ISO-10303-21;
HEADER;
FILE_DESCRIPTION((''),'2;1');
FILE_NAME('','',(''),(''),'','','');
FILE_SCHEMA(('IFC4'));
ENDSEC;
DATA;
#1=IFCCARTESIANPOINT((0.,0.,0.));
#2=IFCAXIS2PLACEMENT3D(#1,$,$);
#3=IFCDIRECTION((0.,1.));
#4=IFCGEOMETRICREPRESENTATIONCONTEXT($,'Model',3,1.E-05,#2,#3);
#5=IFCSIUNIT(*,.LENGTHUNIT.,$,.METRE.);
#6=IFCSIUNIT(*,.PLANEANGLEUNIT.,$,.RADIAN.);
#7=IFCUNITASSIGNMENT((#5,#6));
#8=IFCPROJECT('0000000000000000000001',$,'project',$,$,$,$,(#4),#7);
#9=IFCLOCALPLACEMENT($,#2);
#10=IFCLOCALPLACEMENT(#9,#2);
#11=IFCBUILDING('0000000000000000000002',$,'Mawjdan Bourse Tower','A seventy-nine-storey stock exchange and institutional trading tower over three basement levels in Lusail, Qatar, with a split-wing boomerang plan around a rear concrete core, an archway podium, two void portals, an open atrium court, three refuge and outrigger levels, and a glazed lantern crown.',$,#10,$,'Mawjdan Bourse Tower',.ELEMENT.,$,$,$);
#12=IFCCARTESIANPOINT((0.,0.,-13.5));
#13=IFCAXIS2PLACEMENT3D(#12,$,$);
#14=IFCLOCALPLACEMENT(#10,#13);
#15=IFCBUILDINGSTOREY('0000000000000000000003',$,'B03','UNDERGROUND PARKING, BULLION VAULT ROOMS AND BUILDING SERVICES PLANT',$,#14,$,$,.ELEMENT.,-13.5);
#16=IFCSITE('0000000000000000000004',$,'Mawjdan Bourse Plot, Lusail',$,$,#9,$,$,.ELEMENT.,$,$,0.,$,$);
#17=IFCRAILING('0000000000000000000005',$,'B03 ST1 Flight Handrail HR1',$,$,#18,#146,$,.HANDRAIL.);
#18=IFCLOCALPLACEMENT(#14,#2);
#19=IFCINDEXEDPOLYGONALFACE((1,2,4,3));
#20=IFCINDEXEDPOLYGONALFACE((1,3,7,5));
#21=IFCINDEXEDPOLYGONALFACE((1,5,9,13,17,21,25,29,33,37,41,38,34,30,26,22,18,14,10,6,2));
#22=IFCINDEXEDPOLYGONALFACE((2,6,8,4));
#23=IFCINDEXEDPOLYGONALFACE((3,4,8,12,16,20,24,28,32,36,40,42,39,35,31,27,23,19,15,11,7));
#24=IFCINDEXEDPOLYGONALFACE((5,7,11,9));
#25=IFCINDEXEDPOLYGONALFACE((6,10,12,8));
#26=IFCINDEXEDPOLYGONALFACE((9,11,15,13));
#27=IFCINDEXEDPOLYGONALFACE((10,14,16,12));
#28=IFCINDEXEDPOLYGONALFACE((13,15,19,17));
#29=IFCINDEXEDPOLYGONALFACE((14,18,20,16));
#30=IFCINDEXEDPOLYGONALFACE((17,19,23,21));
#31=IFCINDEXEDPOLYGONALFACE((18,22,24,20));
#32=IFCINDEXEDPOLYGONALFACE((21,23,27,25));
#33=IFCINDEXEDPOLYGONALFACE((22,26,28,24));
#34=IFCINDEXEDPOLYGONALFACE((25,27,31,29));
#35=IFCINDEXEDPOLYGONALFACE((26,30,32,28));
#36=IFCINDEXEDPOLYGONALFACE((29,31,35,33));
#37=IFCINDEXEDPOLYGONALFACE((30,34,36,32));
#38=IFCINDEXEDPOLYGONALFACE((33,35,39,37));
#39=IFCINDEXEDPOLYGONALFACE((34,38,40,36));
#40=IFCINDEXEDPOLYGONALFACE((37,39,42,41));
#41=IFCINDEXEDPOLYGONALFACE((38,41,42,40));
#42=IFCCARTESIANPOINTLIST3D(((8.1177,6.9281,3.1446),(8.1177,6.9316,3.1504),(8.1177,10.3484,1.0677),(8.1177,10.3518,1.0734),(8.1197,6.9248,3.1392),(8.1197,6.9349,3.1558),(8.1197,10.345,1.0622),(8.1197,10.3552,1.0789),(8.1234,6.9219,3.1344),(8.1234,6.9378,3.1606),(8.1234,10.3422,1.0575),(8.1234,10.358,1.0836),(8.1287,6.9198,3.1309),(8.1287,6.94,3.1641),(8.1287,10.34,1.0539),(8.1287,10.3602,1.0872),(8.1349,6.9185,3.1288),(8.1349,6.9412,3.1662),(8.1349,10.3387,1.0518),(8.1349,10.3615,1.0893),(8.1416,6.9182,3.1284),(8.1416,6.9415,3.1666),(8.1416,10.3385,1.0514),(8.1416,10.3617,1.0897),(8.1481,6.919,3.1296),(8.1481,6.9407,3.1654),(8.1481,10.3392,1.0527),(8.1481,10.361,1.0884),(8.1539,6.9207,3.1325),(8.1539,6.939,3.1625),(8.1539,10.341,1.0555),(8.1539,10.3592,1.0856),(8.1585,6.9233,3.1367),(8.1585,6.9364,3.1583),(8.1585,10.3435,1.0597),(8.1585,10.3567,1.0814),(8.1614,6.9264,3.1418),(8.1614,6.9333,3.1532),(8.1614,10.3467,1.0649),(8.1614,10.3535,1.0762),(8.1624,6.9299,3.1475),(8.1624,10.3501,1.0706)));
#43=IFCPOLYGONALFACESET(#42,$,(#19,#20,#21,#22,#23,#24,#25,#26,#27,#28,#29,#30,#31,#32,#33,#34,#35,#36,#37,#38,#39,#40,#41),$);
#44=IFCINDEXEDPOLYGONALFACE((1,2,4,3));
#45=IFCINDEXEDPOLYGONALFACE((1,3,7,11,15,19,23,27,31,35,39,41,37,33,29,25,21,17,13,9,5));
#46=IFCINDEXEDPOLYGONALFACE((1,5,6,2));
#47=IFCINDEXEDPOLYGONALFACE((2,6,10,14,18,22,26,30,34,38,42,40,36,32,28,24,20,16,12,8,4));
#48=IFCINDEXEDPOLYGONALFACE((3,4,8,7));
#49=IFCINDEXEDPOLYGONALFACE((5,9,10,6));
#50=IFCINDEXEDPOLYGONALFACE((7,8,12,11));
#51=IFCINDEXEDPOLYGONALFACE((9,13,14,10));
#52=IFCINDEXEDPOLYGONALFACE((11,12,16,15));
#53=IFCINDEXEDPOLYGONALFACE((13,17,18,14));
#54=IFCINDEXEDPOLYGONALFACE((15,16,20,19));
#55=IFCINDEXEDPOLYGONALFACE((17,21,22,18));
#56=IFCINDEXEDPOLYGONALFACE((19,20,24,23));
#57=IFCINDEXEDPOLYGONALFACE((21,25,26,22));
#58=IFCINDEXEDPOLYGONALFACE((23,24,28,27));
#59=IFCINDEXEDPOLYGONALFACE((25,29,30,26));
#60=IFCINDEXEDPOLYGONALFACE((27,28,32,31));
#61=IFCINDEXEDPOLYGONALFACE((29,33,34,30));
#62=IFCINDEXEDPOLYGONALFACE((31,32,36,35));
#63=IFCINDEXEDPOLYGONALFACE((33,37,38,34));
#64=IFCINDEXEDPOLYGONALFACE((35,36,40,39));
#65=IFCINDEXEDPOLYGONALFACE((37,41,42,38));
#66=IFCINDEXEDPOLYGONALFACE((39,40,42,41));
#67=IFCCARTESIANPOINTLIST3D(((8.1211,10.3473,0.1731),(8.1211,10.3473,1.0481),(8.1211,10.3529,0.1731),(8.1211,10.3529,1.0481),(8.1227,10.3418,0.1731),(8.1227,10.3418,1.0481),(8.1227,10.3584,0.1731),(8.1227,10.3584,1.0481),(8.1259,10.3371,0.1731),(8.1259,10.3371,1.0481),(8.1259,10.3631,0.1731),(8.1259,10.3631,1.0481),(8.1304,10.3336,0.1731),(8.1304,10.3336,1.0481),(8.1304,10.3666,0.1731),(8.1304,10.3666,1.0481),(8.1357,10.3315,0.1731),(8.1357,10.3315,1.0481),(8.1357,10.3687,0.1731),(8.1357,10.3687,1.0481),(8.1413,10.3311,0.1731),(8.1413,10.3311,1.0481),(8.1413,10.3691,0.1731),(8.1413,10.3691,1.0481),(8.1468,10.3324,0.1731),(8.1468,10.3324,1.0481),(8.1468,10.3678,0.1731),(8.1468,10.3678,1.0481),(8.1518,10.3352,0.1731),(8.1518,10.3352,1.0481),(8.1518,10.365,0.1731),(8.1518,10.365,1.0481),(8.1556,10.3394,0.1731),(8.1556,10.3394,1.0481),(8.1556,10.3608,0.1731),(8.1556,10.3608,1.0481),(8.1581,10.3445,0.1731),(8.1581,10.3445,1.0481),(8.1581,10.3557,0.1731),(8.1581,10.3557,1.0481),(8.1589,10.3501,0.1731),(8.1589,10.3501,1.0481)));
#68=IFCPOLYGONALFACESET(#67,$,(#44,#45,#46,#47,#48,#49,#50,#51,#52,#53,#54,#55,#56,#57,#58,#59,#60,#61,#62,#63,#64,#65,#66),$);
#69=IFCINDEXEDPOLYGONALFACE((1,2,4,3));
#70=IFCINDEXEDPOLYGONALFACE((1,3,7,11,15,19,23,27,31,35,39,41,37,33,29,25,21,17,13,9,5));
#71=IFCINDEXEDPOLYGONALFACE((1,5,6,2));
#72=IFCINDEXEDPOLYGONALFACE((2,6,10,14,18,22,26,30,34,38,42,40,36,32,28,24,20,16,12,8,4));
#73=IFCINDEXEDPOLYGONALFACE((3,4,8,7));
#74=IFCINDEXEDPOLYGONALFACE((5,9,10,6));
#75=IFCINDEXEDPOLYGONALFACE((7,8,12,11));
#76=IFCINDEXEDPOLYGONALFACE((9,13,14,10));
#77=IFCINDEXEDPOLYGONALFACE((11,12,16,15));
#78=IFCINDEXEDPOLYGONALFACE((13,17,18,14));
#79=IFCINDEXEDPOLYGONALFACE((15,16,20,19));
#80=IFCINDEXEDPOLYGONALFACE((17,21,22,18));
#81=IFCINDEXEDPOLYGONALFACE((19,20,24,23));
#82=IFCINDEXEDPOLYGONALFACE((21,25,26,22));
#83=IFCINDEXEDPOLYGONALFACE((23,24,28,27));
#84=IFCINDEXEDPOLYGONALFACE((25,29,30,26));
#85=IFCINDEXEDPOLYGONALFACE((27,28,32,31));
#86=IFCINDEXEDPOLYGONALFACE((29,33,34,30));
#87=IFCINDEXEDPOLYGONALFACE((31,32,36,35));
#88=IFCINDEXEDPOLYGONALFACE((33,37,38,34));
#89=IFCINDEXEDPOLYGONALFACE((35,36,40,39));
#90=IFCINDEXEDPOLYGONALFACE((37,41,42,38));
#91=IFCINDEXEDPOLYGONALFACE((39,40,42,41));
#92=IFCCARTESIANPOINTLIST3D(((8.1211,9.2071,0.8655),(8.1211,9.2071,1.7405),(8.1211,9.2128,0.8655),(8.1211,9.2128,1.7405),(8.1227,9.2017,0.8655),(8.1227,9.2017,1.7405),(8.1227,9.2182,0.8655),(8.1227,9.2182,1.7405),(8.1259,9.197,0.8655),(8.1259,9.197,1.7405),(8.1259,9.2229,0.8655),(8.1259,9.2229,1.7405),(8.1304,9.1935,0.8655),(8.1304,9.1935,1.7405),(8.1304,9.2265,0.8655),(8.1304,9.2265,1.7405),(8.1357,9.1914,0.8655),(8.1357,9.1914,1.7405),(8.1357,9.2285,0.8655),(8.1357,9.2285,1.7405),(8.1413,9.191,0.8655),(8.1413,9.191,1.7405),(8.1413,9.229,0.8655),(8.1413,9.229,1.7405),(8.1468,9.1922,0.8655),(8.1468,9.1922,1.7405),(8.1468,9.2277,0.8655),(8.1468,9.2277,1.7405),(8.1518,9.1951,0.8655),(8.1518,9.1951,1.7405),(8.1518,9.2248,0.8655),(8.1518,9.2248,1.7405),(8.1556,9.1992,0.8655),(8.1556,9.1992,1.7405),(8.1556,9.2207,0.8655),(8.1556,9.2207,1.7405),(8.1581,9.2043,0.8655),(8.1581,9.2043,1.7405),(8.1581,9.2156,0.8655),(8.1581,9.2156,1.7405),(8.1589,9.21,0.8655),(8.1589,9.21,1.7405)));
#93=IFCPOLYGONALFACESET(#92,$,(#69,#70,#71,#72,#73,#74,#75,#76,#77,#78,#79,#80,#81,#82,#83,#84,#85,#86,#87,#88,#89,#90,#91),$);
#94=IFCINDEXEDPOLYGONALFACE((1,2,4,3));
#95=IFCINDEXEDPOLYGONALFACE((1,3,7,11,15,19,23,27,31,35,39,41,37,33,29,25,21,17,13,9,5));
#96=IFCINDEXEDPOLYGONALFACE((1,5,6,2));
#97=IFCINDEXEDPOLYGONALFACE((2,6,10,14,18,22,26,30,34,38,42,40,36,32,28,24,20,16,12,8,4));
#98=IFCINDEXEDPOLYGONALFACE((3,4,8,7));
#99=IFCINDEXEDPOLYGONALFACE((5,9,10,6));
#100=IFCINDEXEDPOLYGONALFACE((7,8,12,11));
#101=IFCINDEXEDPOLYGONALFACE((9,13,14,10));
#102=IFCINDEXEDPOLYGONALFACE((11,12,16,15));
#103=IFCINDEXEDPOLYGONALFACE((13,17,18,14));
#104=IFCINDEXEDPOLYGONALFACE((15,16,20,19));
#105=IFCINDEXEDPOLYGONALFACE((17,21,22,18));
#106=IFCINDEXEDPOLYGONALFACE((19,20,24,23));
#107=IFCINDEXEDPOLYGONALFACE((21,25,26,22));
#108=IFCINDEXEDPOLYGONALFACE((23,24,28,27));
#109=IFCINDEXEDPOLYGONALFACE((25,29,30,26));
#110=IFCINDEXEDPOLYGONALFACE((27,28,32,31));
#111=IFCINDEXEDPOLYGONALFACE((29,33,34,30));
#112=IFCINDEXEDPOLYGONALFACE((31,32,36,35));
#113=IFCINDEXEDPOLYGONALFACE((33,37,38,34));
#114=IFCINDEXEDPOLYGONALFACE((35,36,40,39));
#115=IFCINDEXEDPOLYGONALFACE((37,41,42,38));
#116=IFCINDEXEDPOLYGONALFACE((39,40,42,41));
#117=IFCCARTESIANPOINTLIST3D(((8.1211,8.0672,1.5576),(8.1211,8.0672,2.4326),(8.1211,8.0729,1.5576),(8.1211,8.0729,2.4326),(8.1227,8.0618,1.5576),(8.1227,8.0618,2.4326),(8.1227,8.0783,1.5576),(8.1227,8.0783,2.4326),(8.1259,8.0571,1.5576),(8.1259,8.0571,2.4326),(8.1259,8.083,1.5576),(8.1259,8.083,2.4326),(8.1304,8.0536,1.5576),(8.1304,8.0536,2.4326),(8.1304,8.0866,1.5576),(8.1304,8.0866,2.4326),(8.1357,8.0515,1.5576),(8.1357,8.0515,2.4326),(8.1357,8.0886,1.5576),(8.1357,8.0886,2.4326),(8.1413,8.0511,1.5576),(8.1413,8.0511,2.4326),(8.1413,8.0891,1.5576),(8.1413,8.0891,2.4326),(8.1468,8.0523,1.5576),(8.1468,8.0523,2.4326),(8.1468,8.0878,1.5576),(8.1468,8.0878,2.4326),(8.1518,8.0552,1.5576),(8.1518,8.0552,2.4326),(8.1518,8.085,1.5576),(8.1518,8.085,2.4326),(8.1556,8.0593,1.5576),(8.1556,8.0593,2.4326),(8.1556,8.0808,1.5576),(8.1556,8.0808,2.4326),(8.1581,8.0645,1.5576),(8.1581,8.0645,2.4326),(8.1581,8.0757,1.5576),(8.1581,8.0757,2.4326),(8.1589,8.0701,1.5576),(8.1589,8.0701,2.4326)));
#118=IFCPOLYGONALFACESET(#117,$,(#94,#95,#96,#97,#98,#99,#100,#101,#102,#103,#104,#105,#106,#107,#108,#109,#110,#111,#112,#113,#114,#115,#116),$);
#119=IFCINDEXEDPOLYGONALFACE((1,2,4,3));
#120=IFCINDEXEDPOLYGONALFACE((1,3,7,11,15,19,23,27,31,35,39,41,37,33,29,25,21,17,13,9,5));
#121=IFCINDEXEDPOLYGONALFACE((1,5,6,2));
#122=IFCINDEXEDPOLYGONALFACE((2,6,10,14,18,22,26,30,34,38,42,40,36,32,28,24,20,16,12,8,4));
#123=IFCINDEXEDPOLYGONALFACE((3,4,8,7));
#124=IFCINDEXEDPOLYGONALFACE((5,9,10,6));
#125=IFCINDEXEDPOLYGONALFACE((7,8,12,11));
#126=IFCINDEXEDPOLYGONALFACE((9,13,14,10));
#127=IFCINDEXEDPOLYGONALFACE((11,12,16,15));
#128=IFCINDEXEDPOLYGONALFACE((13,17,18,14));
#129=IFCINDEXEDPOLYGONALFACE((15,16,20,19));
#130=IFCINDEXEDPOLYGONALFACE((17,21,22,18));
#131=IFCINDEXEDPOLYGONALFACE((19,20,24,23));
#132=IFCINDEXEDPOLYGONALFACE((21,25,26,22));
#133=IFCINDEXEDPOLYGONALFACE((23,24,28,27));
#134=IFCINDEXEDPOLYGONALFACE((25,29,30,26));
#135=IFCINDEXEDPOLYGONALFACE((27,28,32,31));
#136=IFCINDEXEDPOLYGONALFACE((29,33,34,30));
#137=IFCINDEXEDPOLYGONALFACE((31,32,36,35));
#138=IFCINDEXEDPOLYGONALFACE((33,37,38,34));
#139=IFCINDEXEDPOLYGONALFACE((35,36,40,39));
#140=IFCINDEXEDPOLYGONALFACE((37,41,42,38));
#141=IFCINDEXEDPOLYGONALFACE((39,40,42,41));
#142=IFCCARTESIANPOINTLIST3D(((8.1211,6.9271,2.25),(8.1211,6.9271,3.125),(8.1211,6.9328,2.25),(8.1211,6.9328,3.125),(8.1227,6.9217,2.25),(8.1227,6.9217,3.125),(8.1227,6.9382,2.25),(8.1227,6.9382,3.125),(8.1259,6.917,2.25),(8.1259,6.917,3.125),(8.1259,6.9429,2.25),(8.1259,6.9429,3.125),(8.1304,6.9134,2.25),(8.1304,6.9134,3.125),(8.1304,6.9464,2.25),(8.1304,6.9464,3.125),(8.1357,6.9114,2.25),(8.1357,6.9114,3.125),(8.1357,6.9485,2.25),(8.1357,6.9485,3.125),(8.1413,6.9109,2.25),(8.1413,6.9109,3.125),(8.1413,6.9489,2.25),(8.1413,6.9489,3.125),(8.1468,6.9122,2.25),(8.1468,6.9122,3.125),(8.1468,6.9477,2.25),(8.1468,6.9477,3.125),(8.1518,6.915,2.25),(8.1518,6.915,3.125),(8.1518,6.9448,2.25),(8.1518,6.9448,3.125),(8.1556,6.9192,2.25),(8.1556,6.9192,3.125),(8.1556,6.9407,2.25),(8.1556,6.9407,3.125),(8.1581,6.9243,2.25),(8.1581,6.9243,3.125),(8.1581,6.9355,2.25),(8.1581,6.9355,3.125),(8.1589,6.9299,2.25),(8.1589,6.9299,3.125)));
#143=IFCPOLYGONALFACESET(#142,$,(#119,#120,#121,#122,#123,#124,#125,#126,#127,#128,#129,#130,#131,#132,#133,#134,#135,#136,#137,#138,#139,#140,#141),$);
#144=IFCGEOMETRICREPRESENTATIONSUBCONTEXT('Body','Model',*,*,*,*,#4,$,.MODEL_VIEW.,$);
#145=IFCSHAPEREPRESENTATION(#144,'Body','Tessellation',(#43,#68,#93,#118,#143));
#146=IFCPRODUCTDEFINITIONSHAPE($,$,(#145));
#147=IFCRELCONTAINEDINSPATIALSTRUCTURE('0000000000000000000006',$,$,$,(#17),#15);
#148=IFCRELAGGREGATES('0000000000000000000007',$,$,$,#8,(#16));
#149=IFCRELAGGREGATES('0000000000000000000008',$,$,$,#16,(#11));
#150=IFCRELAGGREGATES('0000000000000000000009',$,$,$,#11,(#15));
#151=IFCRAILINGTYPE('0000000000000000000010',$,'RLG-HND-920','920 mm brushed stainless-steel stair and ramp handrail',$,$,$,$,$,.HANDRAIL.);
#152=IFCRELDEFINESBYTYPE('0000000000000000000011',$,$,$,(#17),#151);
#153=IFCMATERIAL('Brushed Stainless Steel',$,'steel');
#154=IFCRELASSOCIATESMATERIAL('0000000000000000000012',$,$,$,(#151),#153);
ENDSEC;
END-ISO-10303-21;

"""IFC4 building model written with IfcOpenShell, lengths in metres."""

from ifc_helpers import new_model, si_unit, direction, frame, origin, origin_2d, place, context, subcontext, project, spatial, circle, extrude, material, type_object, element, save


model = new_model("IFC4")

# Units and contexts
model_context = context("Model", 3, precision=1e-05, world=origin(), true_north=direction((0.0, 1.0)))
body_context = subcontext(model_context, "Body", "Model", "MODEL_VIEW")
ifc_project = project(units=[si_unit("LENGTHUNIT", "METRE"), si_unit("PLANEANGLEUNIT", "RADIAN")], contexts=[model_context])

# Site, building, storey
site_placement = place(None, origin())
site = spatial("IfcSite", under=ifc_project, at=site_placement, Name="Mawjdan Bourse Plot, Lusail", CompositionType="ELEMENT", RefElevation=0.0)
building_placement = place(site_placement, origin())
building = spatial("IfcBuilding", under=site, at=building_placement, Name="Mawjdan Bourse Tower", Description="A seventy-nine-storey stock exchange and institutional trading tower over three basement levels in Lusail, Qatar, with a split-wing boomerang plan around a rear concrete core, an archway podium, two void portals, an open atrium court, three refuge and outrigger levels, and a glazed lantern crown.", LongName="Mawjdan Bourse Tower", CompositionType="ELEMENT")
storey_placement = place(building_placement, frame((0.0, 0.0, -13.5)))
storey = spatial("IfcBuildingStorey", under=building, at=storey_placement, Name="B03", Description="UNDERGROUND PARKING, BULLION VAULT ROOMS AND BUILDING SERVICES PLANT", CompositionType="ELEMENT", Elevation=-13.5)

# Railing
ifc_material_1 = material(Name="Brushed Stainless Steel", Category="steel")
railing_type_1 = type_object("IfcRailingType", Name="RLG-HND-920", Description="920 mm brushed stainless-steel stair and ramp handrail", PredefinedType="HANDRAIL", material=ifc_material_1)
railing_1_placement = place(storey_placement, frame((8.1399, 10.3501, 0.1731)))
element("IfcRailing", 1, at=railing_1_placement, inside=storey, type_object=railing_type_1, Name="B03 ST1 Flight Handrail HR1", PredefinedType="HANDRAIL", context=body_context, shape_type="SweptSolid", body=[
    extrude(circle(Radius=0.0225, at=origin_2d()), frame((0.0, 0.0, 0.8975), z_axis=(0.0, -0.854746, 0.519047), x_axis=(1.0, 0.0, 0.0)), (0.0, 0.0, 1.0), 4.0015),
    extrude(circle(Radius=0.019, at=origin_2d()), origin(), (0.0, 0.0, 1.0), 0.875),
    extrude(circle(Radius=0.019, at=origin_2d()), frame((0.0, -1.1401, 0.6924)), (0.0, 0.0, 1.0), 0.875),
    extrude(circle(Radius=0.019, at=origin_2d()), frame((0.0, -2.28, 1.3845)), (0.0, 0.0, 1.0), 0.875),
    extrude(circle(Radius=0.019, at=origin_2d()), frame((0.0, -3.4202, 2.0769)), (0.0, 0.0, 1.0), 0.875),
])

save(model, "model.ifc")
